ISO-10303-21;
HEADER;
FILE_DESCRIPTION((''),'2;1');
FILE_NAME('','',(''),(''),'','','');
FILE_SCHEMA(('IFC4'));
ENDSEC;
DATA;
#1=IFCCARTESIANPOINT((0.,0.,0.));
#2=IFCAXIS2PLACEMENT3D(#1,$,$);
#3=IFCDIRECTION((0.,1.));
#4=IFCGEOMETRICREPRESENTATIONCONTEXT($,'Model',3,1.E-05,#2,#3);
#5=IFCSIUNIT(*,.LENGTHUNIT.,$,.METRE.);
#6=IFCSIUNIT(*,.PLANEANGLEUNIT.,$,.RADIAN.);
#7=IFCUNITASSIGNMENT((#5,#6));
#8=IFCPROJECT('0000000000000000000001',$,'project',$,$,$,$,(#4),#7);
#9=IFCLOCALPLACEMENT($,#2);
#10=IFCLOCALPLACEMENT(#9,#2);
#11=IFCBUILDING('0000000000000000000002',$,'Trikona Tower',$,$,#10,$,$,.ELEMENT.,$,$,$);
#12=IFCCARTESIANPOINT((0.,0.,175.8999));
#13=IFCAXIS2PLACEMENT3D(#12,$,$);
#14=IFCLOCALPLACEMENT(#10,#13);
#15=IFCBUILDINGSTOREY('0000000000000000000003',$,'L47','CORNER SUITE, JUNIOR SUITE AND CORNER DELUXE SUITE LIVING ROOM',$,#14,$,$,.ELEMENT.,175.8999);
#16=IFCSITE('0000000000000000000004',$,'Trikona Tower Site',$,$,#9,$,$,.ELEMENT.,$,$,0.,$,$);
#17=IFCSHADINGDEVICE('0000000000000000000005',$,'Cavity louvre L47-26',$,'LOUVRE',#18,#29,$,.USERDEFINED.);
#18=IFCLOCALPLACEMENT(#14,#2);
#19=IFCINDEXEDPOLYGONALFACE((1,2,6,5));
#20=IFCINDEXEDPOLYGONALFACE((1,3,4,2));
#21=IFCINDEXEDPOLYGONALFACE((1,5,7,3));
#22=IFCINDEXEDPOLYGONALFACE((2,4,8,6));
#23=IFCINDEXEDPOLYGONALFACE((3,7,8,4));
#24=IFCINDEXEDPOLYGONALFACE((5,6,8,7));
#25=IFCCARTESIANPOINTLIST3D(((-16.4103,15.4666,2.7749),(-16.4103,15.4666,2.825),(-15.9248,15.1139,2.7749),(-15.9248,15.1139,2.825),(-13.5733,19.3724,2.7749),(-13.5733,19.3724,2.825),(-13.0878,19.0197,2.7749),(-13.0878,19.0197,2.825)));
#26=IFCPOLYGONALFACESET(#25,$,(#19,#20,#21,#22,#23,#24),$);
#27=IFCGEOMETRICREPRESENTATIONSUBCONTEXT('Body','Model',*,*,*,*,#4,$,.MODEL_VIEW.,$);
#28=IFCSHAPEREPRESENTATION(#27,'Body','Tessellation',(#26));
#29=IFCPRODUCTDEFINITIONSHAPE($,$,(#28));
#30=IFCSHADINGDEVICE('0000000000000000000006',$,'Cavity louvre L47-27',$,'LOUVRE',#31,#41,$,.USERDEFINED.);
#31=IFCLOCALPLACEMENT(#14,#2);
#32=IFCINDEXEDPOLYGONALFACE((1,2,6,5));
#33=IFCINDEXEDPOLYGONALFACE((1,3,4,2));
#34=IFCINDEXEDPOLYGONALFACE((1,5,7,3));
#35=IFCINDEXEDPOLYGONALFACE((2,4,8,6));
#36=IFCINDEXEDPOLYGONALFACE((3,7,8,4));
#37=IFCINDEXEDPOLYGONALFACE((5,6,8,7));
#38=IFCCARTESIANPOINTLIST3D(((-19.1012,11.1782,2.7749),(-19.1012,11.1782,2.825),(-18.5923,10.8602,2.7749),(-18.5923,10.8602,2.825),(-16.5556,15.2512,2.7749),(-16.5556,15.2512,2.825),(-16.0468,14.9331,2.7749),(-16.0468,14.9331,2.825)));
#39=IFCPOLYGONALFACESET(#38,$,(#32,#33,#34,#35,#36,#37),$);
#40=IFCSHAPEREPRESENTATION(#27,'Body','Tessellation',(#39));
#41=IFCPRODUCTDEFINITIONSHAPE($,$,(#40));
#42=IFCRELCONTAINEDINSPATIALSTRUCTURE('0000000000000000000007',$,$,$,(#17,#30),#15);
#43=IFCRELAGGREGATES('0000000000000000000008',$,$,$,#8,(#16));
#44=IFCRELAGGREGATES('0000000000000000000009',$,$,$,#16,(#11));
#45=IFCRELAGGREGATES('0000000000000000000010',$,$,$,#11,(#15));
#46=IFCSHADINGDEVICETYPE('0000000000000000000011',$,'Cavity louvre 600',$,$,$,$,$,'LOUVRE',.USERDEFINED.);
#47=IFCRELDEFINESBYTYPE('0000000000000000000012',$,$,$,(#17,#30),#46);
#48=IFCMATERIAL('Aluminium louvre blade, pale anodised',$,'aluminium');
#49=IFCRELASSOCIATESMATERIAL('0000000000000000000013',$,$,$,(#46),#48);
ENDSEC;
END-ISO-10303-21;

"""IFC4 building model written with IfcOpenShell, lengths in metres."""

from ifc_helpers import new_model, si_unit, direction, frame, origin, origin_2d, place, context, subcontext, project, spatial, rectangle, extrude, material, type_object, element, save


model = new_model("IFC4")

# Units and contexts
model_context = context("Model", 3, precision=1e-05, world=origin(), true_north=direction((0.0, 1.0)))
body_context = subcontext(model_context, "Body", "Model", "MODEL_VIEW")
ifc_project = project(units=[si_unit("LENGTHUNIT", "METRE"), si_unit("PLANEANGLEUNIT", "RADIAN")], contexts=[model_context])

# Site, building, storey
site_placement = place(None, origin())
site = spatial("IfcSite", under=ifc_project, at=site_placement, Name="Trikona Tower Site", CompositionType="ELEMENT", RefElevation=0.0)
building_placement = place(site_placement, origin())
building = spatial("IfcBuilding", under=site, at=building_placement, Name="Trikona Tower", CompositionType="ELEMENT")
storey_placement = place(building_placement, frame((0.0, 0.0, 175.8999)))
storey = spatial("IfcBuildingStorey", under=building, at=storey_placement, Name="L47", Description="CORNER SUITE, JUNIOR SUITE AND CORNER DELUXE SUITE LIVING ROOM", CompositionType="ELEMENT", Elevation=175.8999)

# Shading devices
ifc_material_1 = material(Name="Aluminium louvre blade, pale anodised", Category="aluminium")
shading_device_type = type_object("IfcShadingDeviceType", Name="Cavity louvre 600", ElementType="LOUVRE", PredefinedType="USERDEFINED", material=ifc_material_1)
shading_device_1_placement = place(storey_placement, frame((-14.749, 17.2432, 2.7749), z_axis=(0.0, 0.0, 1.0), x_axis=(-0.587686, -0.809089, 0.0)))
element("IfcShadingDevice", 1, at=shading_device_1_placement, inside=storey, type_object=shading_device_type, Name="Cavity louvre L47-26", ObjectType="LOUVRE", PredefinedType="USERDEFINED", context=body_context, shape_type="SweptSolid", body=[
    extrude(rectangle(XDim=4.8274, YDim=0.6001, at=origin_2d()), origin(), (0.0, 0.0, 1.0), 0.05),
])
shading_device_2_placement = place(storey_placement, frame((-17.574, 13.0557, 2.7749), z_axis=(0.0, 0.0, 1.0), x_axis=(-0.529995, -0.848001, 0.0)))
element("IfcShadingDevice", 2, at=shading_device_2_placement, inside=storey, type_object=shading_device_type, Name="Cavity louvre L47-27", ObjectType="LOUVRE", PredefinedType="USERDEFINED", context=body_context, shape_type="SweptSolid", body=[
    extrude(rectangle(XDim=4.803, YDim=0.6001, at=origin_2d()), origin(), (0.0, 0.0, 1.0), 0.05),
])

save(model, "model.ifc")
